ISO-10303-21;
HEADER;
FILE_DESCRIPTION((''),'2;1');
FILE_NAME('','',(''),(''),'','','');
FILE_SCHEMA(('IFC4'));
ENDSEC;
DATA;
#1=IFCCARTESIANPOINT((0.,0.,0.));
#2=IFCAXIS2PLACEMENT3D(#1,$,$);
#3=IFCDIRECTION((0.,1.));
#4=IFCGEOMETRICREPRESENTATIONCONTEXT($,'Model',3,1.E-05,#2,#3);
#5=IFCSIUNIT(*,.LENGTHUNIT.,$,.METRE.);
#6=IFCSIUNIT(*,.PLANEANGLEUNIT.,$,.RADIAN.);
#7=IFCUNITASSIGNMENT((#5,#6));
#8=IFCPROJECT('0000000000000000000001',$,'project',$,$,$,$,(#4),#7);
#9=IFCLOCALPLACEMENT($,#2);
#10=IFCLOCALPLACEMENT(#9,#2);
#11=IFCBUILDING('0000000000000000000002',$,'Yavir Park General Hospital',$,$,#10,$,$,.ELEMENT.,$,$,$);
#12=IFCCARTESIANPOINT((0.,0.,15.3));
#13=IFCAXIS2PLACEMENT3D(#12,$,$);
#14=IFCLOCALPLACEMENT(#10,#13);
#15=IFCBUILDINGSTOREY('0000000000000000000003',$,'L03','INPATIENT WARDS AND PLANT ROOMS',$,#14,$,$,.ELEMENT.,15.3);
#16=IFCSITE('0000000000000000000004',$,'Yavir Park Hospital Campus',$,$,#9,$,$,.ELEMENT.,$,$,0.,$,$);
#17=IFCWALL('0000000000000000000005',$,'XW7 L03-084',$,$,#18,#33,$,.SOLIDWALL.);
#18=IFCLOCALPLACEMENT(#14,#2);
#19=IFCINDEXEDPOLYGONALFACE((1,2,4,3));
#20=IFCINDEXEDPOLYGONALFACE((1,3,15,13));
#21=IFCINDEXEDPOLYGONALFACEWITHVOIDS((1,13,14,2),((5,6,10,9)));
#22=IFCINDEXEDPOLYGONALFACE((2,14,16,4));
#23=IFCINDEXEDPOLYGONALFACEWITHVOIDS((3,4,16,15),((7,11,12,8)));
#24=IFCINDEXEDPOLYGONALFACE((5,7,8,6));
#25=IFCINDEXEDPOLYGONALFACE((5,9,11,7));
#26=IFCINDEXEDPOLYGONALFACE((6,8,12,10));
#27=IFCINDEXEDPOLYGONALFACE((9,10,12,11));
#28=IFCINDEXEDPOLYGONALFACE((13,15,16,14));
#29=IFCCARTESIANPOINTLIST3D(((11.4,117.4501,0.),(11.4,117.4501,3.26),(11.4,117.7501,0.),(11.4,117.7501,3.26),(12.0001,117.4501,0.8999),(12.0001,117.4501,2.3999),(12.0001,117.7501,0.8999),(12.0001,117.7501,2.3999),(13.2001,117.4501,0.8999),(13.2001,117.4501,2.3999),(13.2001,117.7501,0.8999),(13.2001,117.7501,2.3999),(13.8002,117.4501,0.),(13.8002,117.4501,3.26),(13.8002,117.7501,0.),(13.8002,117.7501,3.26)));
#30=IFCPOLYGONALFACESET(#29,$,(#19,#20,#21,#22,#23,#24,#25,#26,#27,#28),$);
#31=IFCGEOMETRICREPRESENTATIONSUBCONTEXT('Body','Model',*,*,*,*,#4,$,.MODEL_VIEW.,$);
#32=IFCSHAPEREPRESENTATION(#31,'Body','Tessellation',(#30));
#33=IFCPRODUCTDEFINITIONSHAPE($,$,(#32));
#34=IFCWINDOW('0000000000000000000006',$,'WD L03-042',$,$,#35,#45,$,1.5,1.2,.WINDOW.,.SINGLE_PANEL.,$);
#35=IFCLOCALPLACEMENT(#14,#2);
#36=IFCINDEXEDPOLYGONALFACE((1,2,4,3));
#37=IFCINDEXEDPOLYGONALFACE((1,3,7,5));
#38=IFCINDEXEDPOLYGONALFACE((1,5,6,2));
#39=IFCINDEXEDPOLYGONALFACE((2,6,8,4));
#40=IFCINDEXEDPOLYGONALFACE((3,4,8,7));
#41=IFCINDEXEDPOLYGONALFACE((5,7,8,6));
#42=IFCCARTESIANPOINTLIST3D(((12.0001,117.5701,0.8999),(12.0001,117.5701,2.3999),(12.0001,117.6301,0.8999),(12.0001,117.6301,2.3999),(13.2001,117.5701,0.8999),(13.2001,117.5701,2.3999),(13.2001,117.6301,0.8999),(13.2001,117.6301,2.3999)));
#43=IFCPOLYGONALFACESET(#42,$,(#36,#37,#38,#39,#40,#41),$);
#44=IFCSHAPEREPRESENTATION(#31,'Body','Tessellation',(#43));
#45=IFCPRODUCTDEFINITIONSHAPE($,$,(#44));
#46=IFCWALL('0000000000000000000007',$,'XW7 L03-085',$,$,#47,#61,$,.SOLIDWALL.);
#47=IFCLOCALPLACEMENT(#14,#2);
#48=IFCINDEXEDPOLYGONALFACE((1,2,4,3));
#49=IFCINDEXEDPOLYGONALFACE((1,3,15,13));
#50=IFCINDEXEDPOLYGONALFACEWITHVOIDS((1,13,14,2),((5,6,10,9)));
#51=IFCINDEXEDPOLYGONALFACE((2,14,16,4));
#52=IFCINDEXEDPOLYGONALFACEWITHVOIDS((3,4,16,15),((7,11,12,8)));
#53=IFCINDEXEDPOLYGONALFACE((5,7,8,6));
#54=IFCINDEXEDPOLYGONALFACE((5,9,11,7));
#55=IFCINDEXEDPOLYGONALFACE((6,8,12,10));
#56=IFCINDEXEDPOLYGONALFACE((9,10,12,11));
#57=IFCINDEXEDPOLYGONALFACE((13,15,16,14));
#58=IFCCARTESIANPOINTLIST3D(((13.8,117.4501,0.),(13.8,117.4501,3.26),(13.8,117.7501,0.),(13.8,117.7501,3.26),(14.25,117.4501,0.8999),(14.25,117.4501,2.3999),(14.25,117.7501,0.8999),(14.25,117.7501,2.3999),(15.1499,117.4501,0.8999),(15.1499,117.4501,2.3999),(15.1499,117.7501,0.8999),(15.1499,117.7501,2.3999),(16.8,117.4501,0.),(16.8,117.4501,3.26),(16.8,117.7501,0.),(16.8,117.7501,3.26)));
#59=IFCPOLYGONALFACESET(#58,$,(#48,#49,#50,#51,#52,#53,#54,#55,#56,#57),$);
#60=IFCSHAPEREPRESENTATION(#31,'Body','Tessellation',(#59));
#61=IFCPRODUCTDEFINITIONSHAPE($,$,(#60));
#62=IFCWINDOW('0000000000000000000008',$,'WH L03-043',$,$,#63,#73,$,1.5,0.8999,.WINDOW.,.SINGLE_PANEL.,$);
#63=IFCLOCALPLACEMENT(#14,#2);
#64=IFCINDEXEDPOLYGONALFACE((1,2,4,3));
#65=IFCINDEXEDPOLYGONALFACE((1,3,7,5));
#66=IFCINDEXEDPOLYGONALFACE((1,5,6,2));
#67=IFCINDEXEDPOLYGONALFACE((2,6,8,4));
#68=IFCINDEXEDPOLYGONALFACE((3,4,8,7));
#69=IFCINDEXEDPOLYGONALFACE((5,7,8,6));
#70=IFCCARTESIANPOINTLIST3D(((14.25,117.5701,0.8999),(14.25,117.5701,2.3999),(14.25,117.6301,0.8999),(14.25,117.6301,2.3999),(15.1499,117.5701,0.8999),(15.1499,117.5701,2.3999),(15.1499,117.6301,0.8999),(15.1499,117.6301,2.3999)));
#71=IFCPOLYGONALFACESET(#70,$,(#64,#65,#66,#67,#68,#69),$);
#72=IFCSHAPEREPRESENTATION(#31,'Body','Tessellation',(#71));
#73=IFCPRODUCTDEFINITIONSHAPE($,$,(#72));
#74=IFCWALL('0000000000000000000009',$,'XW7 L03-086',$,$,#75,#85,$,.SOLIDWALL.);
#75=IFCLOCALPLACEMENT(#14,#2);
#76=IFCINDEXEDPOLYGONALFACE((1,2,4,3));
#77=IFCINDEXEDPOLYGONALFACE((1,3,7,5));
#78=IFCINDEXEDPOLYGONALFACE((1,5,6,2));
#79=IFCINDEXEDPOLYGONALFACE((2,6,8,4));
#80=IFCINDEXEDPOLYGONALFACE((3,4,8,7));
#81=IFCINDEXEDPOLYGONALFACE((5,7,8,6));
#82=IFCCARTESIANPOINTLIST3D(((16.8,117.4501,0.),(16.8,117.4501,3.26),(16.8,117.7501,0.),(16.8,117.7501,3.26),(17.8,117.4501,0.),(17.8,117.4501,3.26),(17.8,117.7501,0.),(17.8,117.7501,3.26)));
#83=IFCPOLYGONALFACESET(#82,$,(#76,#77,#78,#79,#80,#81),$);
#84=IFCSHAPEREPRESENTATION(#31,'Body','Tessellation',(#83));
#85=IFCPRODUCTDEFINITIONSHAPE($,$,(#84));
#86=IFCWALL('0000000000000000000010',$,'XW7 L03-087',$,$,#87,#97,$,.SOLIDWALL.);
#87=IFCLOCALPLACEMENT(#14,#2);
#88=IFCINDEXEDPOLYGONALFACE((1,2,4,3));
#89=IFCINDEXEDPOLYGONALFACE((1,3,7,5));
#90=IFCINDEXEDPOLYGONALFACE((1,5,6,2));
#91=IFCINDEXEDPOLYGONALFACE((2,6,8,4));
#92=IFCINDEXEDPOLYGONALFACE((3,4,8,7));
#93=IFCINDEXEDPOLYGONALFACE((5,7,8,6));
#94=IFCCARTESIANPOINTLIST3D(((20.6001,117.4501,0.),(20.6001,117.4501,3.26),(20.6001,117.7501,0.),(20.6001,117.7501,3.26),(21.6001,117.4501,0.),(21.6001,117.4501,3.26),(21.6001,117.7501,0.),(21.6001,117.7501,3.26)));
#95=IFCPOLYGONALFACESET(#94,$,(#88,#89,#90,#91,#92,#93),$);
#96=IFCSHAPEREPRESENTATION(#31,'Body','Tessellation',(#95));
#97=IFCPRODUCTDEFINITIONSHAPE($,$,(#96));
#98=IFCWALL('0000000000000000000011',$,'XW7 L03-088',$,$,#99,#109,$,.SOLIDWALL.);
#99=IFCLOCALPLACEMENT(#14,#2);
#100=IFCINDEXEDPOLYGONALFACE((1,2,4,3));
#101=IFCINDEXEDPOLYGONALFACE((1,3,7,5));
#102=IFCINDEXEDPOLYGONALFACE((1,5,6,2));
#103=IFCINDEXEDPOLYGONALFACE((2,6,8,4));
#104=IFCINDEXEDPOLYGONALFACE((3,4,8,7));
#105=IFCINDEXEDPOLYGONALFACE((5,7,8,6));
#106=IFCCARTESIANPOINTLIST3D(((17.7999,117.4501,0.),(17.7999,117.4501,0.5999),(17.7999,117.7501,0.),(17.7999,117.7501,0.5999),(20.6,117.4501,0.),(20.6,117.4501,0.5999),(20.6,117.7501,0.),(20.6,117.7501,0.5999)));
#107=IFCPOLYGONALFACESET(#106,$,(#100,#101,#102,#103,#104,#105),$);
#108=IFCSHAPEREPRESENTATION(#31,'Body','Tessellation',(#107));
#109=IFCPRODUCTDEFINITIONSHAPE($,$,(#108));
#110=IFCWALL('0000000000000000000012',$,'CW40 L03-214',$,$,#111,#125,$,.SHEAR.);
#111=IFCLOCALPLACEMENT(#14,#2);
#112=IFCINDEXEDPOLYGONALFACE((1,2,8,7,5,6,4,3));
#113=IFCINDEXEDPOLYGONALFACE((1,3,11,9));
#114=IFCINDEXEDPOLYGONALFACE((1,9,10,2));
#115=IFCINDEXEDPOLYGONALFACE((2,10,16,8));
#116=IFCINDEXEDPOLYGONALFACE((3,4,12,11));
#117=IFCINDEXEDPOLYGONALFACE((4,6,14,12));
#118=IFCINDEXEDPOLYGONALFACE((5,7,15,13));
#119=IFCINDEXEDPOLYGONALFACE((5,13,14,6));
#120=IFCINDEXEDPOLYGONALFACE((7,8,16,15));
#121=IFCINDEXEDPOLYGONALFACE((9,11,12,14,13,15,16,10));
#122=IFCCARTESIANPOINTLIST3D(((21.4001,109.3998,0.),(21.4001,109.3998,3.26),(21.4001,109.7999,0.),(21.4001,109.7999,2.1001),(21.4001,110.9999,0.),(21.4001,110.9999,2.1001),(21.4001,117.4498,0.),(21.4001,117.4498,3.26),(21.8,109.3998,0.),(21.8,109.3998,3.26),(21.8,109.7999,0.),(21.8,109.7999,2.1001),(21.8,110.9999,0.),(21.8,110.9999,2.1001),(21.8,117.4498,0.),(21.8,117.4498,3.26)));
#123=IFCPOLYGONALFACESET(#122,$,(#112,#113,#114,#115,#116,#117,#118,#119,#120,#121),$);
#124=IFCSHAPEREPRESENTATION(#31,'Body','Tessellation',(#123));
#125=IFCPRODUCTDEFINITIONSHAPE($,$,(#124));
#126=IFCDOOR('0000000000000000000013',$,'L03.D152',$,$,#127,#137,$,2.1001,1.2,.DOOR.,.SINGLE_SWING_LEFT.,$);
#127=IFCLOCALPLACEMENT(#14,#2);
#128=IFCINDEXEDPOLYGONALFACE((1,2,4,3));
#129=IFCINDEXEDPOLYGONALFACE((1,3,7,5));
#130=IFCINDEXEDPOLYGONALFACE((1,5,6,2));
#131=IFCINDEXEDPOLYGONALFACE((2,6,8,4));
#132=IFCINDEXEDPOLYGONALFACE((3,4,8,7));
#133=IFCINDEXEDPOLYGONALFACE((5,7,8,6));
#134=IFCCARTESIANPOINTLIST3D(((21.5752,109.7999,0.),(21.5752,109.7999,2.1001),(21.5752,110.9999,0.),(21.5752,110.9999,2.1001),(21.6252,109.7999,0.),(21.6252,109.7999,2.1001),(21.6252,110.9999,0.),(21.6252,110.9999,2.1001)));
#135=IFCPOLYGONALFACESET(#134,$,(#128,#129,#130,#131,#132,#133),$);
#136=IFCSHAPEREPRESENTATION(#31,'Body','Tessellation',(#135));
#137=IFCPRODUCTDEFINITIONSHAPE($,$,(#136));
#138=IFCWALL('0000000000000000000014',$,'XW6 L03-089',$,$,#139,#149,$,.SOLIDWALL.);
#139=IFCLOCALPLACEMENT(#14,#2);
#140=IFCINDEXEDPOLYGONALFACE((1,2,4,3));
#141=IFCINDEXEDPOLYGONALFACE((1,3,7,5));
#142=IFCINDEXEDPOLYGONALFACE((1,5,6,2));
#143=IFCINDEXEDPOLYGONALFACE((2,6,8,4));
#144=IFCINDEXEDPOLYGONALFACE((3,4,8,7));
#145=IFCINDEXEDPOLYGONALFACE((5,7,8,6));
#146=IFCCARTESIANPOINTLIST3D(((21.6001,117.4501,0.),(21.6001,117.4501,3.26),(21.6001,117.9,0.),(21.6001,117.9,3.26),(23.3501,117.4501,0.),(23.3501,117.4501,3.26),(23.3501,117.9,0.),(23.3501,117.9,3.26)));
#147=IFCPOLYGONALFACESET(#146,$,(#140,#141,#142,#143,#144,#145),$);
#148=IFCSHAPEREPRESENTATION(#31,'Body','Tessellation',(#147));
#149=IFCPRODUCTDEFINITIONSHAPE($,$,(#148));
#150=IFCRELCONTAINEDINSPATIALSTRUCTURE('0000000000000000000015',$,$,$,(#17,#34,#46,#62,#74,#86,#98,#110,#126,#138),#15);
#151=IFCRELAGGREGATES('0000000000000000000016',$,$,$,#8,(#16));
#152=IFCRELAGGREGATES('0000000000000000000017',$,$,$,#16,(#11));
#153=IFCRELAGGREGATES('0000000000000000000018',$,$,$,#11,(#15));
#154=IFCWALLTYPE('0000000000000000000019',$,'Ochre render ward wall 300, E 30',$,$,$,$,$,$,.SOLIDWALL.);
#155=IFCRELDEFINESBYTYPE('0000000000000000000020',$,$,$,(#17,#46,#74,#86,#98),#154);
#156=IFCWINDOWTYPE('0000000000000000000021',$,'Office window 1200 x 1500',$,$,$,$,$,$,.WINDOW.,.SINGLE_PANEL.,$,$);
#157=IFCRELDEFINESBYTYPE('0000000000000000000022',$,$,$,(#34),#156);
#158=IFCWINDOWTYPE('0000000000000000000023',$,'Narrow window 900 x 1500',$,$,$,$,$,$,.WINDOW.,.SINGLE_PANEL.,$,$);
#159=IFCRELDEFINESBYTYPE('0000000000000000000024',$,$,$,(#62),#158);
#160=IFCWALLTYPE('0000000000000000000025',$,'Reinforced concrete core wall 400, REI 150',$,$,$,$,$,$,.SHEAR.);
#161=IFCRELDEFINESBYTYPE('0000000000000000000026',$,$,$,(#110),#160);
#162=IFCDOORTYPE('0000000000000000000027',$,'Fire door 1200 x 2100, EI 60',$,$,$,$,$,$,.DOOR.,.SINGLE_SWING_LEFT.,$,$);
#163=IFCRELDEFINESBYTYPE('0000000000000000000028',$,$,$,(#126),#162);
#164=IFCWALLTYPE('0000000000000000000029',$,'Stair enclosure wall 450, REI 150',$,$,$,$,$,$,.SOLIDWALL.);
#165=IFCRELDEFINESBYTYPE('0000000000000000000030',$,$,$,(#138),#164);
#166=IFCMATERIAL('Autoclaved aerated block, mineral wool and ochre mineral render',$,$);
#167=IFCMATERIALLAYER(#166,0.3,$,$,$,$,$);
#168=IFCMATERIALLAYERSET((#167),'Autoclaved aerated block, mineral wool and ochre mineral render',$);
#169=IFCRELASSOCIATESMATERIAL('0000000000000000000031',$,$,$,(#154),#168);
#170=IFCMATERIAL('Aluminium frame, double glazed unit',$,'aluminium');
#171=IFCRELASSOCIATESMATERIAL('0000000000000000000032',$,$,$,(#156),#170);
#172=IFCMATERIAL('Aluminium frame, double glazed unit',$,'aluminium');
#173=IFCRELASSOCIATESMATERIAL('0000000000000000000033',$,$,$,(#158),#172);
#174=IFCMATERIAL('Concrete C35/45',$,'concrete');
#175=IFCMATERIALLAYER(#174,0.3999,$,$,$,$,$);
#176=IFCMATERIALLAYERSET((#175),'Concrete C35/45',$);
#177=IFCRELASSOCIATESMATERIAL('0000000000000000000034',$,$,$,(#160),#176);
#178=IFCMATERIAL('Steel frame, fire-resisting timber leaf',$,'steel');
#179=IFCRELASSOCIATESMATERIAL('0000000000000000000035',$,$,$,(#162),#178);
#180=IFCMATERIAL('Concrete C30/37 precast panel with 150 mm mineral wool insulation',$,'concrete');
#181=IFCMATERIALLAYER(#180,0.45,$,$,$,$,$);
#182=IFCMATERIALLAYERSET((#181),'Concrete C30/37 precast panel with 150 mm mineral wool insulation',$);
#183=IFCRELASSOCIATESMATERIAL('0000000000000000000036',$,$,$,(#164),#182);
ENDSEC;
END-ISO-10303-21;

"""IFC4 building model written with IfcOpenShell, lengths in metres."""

from ifc_helpers import new_model, si_unit, direction, frame, frame_2d, origin, place, context, subcontext, project, spatial, rectangle, extrude, material, layer, layer_set, type_object, element, fill, save


model = new_model("IFC4")

# Units and contexts
model_context = context("Model", 3, precision=1e-05, world=origin(), true_north=direction((0.0, 1.0)))
body_context = subcontext(model_context, "Body", "Model", "MODEL_VIEW")
ifc_project = project(units=[si_unit("LENGTHUNIT", "METRE"), si_unit("PLANEANGLEUNIT", "RADIAN")], contexts=[model_context])

# Site, building, storey
site_placement = place(None, origin())
site = spatial("IfcSite", under=ifc_project, at=site_placement, Name="Yavir Park Hospital Campus", CompositionType="ELEMENT", RefElevation=0.0)
building_placement = place(site_placement, origin())
building = spatial("IfcBuilding", under=site, at=building_placement, Name="Yavir Park General Hospital", CompositionType="ELEMENT")
storey_placement = place(building_placement, frame((0.0, 0.0, 15.3)))
storey = spatial("IfcBuildingStorey", under=building, at=storey_placement, Name="L03", Description="INPATIENT WARDS AND PLANT ROOMS", CompositionType="ELEMENT", Elevation=15.3)

# Walls, openings, windows
ifc_material_1 = material(Name="Autoclaved aerated block, mineral wool and ochre mineral render")
ifc_layer_1 = layer(ifc_material_1, 0.3)
ifc_layer_set_1 = layer_set([ifc_layer_1], Name="Autoclaved aerated block, mineral wool and ochre mineral render")
wall_type_1 = type_object("IfcWallType", Name="Ochre render ward wall 300, E 30", PredefinedType="SOLIDWALL", material=ifc_layer_set_1)
wall_1_placement = place(storey_placement, frame((11.3999, 117.6001, 0.0), z_axis=(0.0, 0.0, 1.0), x_axis=(1.0, 0.0, 0.0)))
wall_1 = element("IfcWall", 1, at=wall_1_placement, inside=storey, type_object=wall_type_1, Name="XW7 L03-084", PredefinedType="SOLIDWALL", context=body_context, shape_type="SweptSolid", body=[
    extrude(rectangle(XDim=2.4001, YDim=0.3, at=frame_2d((1.2002, 0.0))), origin(), (0.0, 0.0, 1.0), 3.26),
])
opening_1_placement = place(wall_1_placement, frame((0.6001, 0.0, 0.8999)))
opening_1 = element("IfcOpeningElement", 2, at=opening_1_placement, cuts=wall_1, PredefinedType="OPENING", context=body_context, shape_type="SweptSolid", body=[
    extrude(rectangle(XDim=1.2, YDim=1.5, at=frame_2d((0.6001, 0.75))), frame((0.0, 0.1599, 0.0), z_axis=(0.0, -1.0, 0.0), x_axis=(1.0, 0.0, 0.0)), (0.0, 0.0, 1.0), 0.3201),
])
ifc_material_2 = material(Name="Aluminium frame, double glazed unit", Category="aluminium")
window_type_1 = type_object("IfcWindowType", Name="Office window 1200 x 1500", PartitioningType="SINGLE_PANEL", PredefinedType="WINDOW", material=ifc_material_2)
window_1_placement = place(opening_1_placement, origin())
window_1 = element("IfcWindow", 3, at=window_1_placement, inside=storey, type_object=window_type_1, Name="WD L03-042", OverallHeight=1.5, OverallWidth=1.2, PartitioningType="SINGLE_PANEL", PredefinedType="WINDOW", context=body_context, shape_type="SweptSolid", body=[
    extrude(rectangle(XDim=1.2, YDim=1.5, at=frame_2d((0.6001, 0.75))), frame((0.0, 0.03, 0.0), z_axis=(0.0, -1.0, 0.0), x_axis=(1.0, 0.0, 0.0)), (0.0, 0.0, 1.0), 0.0601),
])
fill(opening_1, window_1)
wall_2_placement = place(storey_placement, frame((13.8, 117.6001, 0.0), z_axis=(0.0, 0.0, 1.0), x_axis=(1.0, 0.0, 0.0)))
wall_2 = element("IfcWall", 4, at=wall_2_placement, inside=storey, type_object=wall_type_1, Name="XW7 L03-085", PredefinedType="SOLIDWALL", context=body_context, shape_type="SweptSolid", body=[
    extrude(rectangle(XDim=3.0, YDim=0.3, at=frame_2d((1.5, 0.0))), origin(), (0.0, 0.0, 1.0), 3.26),
])
opening_2_placement = place(wall_2_placement, frame((0.45, 0.0, 0.8999)))
opening_2 = element("IfcOpeningElement", 5, at=opening_2_placement, cuts=wall_2, PredefinedType="OPENING", context=body_context, shape_type="SweptSolid", body=[
    extrude(rectangle(XDim=0.8999, YDim=1.5, at=frame_2d((0.45, 0.75))), frame((0.0, 0.1599, 0.0), z_axis=(0.0, -1.0, 0.0), x_axis=(1.0, 0.0, 0.0)), (0.0, 0.0, 1.0), 0.3201),
])
ifc_material_3 = material(Name="Aluminium frame, double glazed unit", Category="aluminium")
window_type_2 = type_object("IfcWindowType", Name="Narrow window 900 x 1500", PartitioningType="SINGLE_PANEL", PredefinedType="WINDOW", material=ifc_material_3)
window_2_placement = place(opening_2_placement, origin())
window_2 = element("IfcWindow", 6, at=window_2_placement, inside=storey, type_object=window_type_2, Name="WH L03-043", OverallHeight=1.5, OverallWidth=0.8999, PartitioningType="SINGLE_PANEL", PredefinedType="WINDOW", context=body_context, shape_type="SweptSolid", body=[
    extrude(rectangle(XDim=0.8999, YDim=1.5, at=frame_2d((0.45, 0.75))), frame((0.0, 0.03, 0.0), z_axis=(0.0, -1.0, 0.0), x_axis=(1.0, 0.0, 0.0)), (0.0, 0.0, 1.0), 0.0601),
])
fill(opening_2, window_2)

# Walls
for number, where, z_axis, x_axis, name in (
    (7, (16.8, 117.6001, 0.0), (0.0, 0.0, 1.0), (1.0, 0.0, 0.0), "XW7 L03-086"),
    (8, (20.6001, 117.6001, 0.0), (0.0, 0.0, 1.0), (1.0, 0.0, 0.0), "XW7 L03-087"),
):
    element("IfcWall", number, at=place(storey_placement, frame(where, z_axis=z_axis, x_axis=x_axis)), inside=storey, type_object=wall_type_1, Name=name, PredefinedType="SOLIDWALL", context=body_context, shape_type="SweptSolid", body=[
        extrude(rectangle(XDim=1.0, YDim=0.3, at=frame_2d((0.5, 0.0))), origin(), (0.0, 0.0, 1.0), 3.26),
    ])
wall_3_placement = place(storey_placement, frame((17.8, 117.6001, 0.0), z_axis=(0.0, 0.0, 1.0), x_axis=(1.0, 0.0, 0.0)))
element("IfcWall", 9, at=wall_3_placement, inside=storey, type_object=wall_type_1, Name="XW7 L03-088", PredefinedType="SOLIDWALL", context=body_context, shape_type="SweptSolid", body=[
    extrude(rectangle(XDim=2.8, YDim=0.3, at=frame_2d((1.3999, 0.0))), origin(), (0.0, 0.0, 1.0), 0.5999),
])

# Wall, opening, door
ifc_material_4 = material(Name="Concrete C35/45", Category="concrete")
ifc_layer_2 = layer(ifc_material_4, 0.3999)
ifc_layer_set_2 = layer_set([ifc_layer_2], Name="Concrete C35/45")
wall_type_2 = type_object("IfcWallType", Name="Reinforced concrete core wall 400, REI 150", PredefinedType="SHEAR", material=ifc_layer_set_2)
wall_4_placement = place(storey_placement, frame((21.6001, 109.3999, 0.0), z_axis=(0.0, 0.0, 1.0), x_axis=(0.0, 1.0, 0.0)))
wall_4 = element("IfcWall", 10, at=wall_4_placement, inside=storey, type_object=wall_type_2, Name="CW40 L03-214", PredefinedType="SHEAR", context=body_context, shape_type="SweptSolid", body=[
    extrude(rectangle(XDim=8.05, YDim=0.3999, at=frame_2d((4.0249, 0.0))), origin(), (0.0, 0.0, 1.0), 3.26),
])
opening_3_placement = place(wall_4_placement, frame((0.3999, 0.0, 0.0)))
opening_3 = element("IfcOpeningElement", 11, at=opening_3_placement, cuts=wall_4, PredefinedType="OPENING", context=body_context, shape_type="SweptSolid", body=[
    extrude(rectangle(XDim=1.2, YDim=2.1001, at=frame_2d((0.6001, 1.05))), frame((0.0, 0.21, 0.0), z_axis=(0.0, -1.0, 0.0), x_axis=(1.0, 0.0, 0.0)), (0.0, 0.0, 1.0), 0.4199),
])
ifc_material_5 = material(Name="Steel frame, fire-resisting timber leaf", Category="steel")
door_type = type_object("IfcDoorType", Name="Fire door 1200 x 2100, EI 60", OperationType="SINGLE_SWING_LEFT", PredefinedType="DOOR", material=ifc_material_5)
door_placement = place(opening_3_placement, origin())
door = element("IfcDoor", 12, at=door_placement, inside=storey, type_object=door_type, Name="L03.D152", OperationType="SINGLE_SWING_LEFT", OverallHeight=2.1001, OverallWidth=1.2, PredefinedType="DOOR", context=body_context, shape_type="SweptSolid", body=[
    extrude(rectangle(XDim=1.2, YDim=2.1001, at=frame_2d((0.6001, 1.05))), frame((0.0, 0.0249, 0.0), z_axis=(0.0, -1.0, 0.0), x_axis=(1.0, 0.0, 0.0)), (0.0, 0.0, 1.0), 0.05),
])
fill(opening_3, door)

# Wall
ifc_material_6 = material(Name="Concrete C30/37 precast panel with 150 mm mineral wool insulation", Category="concrete")
ifc_layer_3 = layer(ifc_material_6, 0.45)
ifc_layer_set_3 = layer_set([ifc_layer_3], Name="Concrete C30/37 precast panel with 150 mm mineral wool insulation")
wall_type_3 = type_object("IfcWallType", Name="Stair enclosure wall 450, REI 150", PredefinedType="SOLIDWALL", material=ifc_layer_set_3)
wall_5_placement = place(storey_placement, frame((21.6001, 117.675, 0.0), z_axis=(0.0, 0.0, 1.0), x_axis=(1.0, 0.0, 0.0)))
element("IfcWall", 13, at=wall_5_placement, inside=storey, type_object=wall_type_3, Name="XW6 L03-089", PredefinedType="SOLIDWALL", context=body_context, shape_type="SweptSolid", body=[
    extrude(rectangle(XDim=1.75, YDim=0.45, at=frame_2d((0.875, 0.0))), origin(), (0.0, 0.0, 1.0), 3.26),
])

save(model, "model.ifc")
